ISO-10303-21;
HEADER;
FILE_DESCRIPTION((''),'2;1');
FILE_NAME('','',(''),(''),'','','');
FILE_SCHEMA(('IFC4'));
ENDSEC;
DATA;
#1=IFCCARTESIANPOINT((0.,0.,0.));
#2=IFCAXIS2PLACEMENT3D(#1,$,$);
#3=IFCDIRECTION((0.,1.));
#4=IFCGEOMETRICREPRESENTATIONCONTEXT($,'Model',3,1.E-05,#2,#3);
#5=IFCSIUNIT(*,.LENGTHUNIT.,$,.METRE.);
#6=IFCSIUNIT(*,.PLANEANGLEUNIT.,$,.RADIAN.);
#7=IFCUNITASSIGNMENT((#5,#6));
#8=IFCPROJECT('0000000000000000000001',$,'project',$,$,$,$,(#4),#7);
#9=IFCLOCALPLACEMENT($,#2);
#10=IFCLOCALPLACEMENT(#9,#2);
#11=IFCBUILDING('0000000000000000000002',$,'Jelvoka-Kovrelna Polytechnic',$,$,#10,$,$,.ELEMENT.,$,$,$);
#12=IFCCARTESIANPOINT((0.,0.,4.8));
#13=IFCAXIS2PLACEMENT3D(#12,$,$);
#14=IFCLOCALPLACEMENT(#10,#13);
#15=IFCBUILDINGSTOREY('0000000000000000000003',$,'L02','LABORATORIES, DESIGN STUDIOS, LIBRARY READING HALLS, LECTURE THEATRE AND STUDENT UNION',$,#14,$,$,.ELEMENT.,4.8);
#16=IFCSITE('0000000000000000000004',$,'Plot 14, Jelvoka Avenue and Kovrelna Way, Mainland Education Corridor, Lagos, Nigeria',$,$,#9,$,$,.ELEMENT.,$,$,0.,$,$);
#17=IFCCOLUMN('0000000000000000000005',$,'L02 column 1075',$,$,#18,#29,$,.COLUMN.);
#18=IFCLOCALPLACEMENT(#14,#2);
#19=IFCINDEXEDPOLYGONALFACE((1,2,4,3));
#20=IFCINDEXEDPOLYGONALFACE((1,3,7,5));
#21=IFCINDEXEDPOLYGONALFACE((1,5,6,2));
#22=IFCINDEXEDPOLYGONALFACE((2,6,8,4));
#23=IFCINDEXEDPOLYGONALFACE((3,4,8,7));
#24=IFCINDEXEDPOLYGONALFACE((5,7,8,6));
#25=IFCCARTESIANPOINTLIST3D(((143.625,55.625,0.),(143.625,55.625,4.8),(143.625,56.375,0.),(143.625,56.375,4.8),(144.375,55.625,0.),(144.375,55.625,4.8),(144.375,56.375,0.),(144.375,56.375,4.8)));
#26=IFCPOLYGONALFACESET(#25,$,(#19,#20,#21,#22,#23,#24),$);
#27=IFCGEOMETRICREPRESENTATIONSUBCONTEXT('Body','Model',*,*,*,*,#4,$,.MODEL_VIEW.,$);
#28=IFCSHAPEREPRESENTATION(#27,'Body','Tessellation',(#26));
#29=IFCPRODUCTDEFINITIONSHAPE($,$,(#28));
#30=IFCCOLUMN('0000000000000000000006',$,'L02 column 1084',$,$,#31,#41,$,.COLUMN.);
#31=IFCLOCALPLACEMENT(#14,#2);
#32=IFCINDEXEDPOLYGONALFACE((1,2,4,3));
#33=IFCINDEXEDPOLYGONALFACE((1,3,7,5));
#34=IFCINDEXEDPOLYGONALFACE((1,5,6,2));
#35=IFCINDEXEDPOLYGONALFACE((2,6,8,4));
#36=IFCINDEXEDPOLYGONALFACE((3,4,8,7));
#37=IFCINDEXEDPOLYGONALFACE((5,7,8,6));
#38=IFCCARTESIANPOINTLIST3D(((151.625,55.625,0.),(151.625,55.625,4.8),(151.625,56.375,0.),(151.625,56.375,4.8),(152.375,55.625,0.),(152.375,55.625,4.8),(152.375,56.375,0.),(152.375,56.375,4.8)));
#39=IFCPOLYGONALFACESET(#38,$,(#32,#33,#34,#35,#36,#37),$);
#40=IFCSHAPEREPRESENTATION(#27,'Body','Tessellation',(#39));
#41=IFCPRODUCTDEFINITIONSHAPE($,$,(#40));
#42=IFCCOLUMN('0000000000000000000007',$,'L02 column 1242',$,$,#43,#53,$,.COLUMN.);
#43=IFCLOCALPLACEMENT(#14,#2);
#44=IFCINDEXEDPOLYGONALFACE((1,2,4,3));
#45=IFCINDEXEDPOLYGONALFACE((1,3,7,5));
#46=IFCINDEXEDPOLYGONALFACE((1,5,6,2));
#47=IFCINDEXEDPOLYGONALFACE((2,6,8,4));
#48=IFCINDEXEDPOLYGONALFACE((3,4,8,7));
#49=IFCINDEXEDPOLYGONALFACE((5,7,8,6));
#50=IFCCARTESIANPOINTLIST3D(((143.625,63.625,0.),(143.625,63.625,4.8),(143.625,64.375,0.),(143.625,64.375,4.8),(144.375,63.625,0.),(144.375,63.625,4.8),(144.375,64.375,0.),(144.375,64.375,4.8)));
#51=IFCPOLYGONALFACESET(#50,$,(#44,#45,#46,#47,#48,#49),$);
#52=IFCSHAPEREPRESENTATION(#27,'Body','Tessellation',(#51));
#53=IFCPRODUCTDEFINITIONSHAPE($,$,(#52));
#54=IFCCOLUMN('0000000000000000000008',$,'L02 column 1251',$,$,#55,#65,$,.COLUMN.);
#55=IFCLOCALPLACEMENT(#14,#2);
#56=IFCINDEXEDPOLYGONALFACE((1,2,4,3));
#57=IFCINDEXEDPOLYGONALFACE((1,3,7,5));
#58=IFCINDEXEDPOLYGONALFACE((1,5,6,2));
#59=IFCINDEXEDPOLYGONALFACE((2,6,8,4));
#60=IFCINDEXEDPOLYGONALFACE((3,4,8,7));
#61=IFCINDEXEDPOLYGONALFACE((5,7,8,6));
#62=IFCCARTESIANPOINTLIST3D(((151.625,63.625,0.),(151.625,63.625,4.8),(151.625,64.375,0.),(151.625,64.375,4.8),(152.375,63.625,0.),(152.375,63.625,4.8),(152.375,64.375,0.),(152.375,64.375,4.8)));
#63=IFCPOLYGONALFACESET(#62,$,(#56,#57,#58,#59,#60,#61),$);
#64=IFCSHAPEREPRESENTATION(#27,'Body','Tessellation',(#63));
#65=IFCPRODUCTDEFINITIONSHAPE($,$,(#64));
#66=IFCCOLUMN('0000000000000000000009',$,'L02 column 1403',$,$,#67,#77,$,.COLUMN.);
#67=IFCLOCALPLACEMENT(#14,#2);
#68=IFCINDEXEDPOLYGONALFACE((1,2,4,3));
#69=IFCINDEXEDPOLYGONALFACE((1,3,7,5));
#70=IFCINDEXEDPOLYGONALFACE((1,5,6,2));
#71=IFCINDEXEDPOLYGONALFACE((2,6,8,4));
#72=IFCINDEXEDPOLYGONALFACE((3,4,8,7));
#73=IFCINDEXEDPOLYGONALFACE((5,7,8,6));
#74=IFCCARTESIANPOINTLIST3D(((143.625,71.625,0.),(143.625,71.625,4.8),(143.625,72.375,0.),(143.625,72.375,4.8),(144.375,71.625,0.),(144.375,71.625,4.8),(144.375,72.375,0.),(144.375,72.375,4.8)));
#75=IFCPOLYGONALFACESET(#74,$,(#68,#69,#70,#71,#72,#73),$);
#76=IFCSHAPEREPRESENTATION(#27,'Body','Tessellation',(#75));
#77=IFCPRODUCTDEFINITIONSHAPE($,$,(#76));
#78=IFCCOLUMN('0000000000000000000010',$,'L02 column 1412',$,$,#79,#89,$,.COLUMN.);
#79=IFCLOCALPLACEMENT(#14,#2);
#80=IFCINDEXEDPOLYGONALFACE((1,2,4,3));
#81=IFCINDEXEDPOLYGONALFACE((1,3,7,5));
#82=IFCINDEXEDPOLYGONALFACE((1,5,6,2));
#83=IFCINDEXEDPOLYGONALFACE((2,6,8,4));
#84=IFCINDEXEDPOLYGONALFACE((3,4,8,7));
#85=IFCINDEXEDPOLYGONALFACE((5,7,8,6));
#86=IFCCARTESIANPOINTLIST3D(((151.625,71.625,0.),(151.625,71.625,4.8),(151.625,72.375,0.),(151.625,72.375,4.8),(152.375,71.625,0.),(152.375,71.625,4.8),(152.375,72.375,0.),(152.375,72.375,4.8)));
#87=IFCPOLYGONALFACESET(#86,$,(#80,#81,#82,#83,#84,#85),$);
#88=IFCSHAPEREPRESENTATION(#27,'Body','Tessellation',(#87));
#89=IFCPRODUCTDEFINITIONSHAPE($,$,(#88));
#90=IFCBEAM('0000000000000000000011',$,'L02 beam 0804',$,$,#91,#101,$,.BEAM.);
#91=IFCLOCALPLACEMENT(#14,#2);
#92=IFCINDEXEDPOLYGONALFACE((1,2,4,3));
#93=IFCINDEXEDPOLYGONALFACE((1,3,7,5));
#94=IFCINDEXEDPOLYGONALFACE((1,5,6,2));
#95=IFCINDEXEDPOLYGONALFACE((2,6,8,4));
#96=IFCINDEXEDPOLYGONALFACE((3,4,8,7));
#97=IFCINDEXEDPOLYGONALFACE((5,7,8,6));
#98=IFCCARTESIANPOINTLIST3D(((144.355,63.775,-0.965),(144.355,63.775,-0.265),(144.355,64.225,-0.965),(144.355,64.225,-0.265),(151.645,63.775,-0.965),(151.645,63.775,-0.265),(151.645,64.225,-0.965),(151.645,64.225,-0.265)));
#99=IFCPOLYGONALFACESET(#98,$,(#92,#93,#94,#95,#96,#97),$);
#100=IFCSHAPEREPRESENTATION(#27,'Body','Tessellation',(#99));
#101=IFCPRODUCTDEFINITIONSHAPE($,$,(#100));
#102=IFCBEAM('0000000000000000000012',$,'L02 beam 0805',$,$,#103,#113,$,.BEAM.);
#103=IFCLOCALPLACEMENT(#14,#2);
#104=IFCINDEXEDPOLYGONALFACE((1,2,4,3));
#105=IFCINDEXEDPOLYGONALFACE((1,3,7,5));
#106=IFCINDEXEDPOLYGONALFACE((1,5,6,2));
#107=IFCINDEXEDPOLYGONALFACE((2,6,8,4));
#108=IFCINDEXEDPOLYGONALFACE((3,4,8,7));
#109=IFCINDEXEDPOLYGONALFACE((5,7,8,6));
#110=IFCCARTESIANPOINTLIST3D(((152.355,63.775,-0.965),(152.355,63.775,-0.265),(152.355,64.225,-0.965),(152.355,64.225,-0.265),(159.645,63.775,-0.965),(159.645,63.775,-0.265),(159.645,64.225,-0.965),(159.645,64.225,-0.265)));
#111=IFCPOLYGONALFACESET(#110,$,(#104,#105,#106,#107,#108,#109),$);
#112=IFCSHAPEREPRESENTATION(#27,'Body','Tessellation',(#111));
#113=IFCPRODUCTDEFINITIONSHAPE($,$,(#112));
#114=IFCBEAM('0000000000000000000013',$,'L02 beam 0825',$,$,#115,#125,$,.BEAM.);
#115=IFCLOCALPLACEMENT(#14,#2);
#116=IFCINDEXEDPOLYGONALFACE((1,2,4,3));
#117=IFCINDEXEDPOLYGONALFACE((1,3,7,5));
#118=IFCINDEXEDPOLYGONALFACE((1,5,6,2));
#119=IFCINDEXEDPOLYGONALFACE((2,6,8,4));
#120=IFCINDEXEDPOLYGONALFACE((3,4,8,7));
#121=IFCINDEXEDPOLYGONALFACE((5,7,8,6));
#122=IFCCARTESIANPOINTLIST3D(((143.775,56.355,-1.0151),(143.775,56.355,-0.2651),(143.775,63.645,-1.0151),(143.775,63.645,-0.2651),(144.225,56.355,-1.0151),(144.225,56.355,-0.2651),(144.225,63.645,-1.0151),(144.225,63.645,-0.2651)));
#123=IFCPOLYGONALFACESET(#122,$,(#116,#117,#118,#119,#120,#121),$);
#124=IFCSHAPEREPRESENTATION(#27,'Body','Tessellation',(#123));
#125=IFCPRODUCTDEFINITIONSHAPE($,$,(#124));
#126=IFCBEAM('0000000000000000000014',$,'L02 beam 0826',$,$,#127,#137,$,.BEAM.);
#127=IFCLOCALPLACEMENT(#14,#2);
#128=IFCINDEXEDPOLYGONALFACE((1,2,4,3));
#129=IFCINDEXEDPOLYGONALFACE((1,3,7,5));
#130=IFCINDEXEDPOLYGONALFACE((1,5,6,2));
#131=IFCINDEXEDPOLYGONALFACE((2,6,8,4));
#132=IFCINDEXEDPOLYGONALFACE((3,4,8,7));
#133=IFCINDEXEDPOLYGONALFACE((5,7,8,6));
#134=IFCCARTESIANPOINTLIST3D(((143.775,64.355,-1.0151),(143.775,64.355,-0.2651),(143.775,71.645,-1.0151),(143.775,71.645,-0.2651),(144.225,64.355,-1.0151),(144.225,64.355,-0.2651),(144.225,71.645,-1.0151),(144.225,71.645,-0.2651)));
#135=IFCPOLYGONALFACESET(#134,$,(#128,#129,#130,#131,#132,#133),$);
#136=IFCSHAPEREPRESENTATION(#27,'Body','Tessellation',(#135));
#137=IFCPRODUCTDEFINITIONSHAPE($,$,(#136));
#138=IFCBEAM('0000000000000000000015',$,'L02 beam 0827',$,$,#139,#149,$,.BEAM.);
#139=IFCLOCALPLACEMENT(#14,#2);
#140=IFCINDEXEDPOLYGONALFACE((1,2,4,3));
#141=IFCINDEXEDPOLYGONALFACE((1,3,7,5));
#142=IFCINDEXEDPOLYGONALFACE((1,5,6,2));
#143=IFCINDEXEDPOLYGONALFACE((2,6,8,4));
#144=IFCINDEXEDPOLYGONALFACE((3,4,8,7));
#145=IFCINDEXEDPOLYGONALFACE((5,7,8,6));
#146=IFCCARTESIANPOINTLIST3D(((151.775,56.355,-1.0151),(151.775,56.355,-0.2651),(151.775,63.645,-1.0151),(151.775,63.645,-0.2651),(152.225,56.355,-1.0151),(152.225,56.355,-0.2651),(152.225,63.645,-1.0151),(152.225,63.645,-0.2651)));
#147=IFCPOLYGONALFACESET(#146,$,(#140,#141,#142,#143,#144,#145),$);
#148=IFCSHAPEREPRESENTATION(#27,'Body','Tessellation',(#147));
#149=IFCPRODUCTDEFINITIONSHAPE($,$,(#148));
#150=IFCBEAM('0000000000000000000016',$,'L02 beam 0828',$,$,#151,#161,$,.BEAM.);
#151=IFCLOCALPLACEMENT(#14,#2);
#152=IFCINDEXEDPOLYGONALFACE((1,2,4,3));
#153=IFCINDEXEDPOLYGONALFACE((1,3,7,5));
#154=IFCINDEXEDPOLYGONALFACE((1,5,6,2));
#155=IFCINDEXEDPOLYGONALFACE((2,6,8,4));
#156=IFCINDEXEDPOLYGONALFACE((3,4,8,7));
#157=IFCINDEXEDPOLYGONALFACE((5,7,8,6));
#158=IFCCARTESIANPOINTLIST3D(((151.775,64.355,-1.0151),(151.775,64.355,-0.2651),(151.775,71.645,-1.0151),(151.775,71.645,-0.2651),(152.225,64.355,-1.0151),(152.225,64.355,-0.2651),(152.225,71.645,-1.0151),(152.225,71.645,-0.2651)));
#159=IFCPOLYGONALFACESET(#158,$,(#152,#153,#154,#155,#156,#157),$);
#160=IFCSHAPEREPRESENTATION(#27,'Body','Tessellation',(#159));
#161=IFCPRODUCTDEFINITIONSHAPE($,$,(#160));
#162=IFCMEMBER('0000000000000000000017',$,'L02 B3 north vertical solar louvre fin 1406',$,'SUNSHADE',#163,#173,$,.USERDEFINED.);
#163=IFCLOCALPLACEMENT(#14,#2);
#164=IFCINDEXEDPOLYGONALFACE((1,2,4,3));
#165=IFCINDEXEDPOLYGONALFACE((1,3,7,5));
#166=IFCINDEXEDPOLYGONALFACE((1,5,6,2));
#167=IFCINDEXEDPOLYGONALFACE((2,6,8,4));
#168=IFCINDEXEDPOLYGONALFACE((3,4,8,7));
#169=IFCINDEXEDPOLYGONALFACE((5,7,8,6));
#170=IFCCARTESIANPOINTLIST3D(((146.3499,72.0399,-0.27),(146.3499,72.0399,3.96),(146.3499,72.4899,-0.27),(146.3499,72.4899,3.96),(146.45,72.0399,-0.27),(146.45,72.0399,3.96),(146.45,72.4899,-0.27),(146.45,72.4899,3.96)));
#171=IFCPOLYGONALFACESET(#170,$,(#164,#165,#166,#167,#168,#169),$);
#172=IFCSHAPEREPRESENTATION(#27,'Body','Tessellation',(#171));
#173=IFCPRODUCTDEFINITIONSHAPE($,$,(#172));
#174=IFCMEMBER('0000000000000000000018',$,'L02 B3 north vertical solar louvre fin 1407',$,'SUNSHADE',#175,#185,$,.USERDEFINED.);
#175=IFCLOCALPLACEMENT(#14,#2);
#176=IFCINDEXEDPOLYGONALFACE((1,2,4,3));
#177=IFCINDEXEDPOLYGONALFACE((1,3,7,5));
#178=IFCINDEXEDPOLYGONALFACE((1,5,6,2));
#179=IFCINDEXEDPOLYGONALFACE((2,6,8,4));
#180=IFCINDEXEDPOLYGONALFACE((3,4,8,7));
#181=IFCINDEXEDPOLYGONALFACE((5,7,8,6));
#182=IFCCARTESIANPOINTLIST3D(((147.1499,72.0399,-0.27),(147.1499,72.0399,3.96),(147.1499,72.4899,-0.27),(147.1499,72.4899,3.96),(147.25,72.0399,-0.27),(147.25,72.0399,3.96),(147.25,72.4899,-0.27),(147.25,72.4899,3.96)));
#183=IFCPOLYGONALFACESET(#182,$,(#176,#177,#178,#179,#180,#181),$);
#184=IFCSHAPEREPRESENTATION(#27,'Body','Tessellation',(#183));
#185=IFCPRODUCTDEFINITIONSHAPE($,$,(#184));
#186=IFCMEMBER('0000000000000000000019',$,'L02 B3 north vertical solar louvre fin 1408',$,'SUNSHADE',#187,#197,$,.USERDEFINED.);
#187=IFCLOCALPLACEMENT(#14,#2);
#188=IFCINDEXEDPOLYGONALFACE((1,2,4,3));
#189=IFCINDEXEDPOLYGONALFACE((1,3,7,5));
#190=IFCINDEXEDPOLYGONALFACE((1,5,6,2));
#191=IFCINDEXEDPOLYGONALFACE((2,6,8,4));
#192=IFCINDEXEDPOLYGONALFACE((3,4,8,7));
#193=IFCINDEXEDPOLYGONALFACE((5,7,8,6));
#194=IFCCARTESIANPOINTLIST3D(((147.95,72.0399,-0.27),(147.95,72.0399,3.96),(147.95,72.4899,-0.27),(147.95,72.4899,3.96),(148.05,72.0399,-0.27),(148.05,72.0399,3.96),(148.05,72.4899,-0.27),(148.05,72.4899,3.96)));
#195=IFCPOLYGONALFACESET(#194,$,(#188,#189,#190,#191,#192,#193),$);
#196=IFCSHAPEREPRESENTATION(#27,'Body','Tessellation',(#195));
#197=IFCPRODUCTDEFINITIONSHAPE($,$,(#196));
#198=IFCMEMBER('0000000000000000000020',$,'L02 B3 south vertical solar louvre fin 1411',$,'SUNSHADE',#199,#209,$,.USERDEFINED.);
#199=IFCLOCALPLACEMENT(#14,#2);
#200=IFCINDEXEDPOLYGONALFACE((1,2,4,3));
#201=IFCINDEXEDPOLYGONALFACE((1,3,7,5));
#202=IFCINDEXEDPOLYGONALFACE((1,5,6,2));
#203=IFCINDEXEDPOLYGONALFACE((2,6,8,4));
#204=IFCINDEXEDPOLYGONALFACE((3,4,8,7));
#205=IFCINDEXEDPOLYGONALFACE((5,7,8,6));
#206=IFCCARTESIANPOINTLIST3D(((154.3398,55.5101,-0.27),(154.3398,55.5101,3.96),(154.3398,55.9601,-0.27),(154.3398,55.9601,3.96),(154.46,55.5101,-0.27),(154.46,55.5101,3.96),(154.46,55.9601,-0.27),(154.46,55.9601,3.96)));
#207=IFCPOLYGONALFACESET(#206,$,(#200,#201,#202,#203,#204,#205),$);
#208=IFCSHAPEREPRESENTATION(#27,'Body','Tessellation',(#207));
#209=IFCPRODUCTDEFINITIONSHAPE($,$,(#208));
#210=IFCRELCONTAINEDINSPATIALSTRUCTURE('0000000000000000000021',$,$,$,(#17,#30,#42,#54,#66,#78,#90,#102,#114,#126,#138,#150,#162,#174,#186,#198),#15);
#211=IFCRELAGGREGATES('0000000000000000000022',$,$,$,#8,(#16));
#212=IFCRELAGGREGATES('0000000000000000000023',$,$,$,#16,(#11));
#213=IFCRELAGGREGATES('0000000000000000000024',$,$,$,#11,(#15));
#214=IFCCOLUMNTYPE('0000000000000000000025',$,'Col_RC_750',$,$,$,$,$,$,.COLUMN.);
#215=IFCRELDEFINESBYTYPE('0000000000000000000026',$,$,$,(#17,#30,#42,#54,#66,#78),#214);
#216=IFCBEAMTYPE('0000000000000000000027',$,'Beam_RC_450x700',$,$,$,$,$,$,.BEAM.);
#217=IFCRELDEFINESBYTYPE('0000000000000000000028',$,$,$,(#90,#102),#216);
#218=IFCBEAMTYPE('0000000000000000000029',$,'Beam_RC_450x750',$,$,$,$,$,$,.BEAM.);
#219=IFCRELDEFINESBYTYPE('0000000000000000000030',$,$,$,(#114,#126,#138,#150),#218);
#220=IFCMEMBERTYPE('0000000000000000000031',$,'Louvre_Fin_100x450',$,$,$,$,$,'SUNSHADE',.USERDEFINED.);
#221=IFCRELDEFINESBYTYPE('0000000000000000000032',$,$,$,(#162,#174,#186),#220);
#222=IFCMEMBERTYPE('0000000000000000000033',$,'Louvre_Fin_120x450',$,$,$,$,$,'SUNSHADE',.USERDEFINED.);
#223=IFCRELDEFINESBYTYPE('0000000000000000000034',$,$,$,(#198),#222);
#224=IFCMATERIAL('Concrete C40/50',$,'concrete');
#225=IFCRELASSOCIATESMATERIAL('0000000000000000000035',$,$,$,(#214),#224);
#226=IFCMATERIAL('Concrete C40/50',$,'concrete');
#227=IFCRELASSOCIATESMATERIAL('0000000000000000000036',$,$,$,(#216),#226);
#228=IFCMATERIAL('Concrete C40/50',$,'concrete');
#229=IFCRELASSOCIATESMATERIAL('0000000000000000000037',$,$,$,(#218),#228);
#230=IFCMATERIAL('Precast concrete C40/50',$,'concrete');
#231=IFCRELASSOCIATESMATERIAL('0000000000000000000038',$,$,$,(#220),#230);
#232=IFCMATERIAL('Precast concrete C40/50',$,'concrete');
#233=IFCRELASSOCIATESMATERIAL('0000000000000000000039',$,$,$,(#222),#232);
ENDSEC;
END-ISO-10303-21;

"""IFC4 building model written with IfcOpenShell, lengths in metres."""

from ifc_helpers import new_model, si_unit, direction, frame, origin, origin_2d, place, context, subcontext, project, spatial, rectangle, extrude, material, material_profile, profile_set, type_object, element, save


model = new_model("IFC4")

# Units and contexts
model_context = context("Model", 3, precision=1e-05, world=origin(), true_north=direction((0.0, 1.0)))
body_context = subcontext(model_context, "Body", "Model", "MODEL_VIEW")
ifc_project = project(units=[si_unit("LENGTHUNIT", "METRE"), si_unit("PLANEANGLEUNIT", "RADIAN")], contexts=[model_context])

# Site, building, storey
site_placement = place(None, origin())
site = spatial("IfcSite", under=ifc_project, at=site_placement, Name="Plot 14, Jelvoka Avenue and Kovrelna Way, Mainland Education Corridor, Lagos, Nigeria", CompositionType="ELEMENT", RefElevation=0.0)
building_placement = place(site_placement, origin())
building = spatial("IfcBuilding", under=site, at=building_placement, Name="Jelvoka-Kovrelna Polytechnic", CompositionType="ELEMENT")
storey_placement = place(building_placement, frame((0.0, 0.0, 4.8)))
storey = spatial("IfcBuildingStorey", under=building, at=storey_placement, Name="L02", Description="LABORATORIES, DESIGN STUDIOS, LIBRARY READING HALLS, LECTURE THEATRE AND STUDENT UNION", CompositionType="ELEMENT", Elevation=4.8)

# Columns
ifc_material_1 = material(Name="Concrete C40/50", Category="concrete")
ifc_material_profile_1 = material_profile(ifc_material_1, rectangle(XDim=0.75, YDim=0.75, at=origin_2d()), Name="RC 750x750")
ifc_profile_set_1 = profile_set([ifc_material_profile_1], Name="Concrete C40/50")
column_type = type_object("IfcColumnType", Name="Col_RC_750", PredefinedType="COLUMN", material=ifc_profile_set_1)
for number, where, z_axis, x_axis, name in (
    (1, (144.0, 56.0, 0.0), (0.0, 0.0, 1.0), (1.0, 0.0, 0.0), "L02 column 1075"),
    (2, (152.0, 56.0, 0.0), (0.0, 0.0, 1.0), (1.0, 0.0, 0.0), "L02 column 1084"),
    (3, (144.0, 64.0, 0.0), (0.0, 0.0, 1.0), (1.0, 0.0, 0.0), "L02 column 1242"),
    (4, (152.0, 64.0, 0.0), (0.0, 0.0, 1.0), (1.0, 0.0, 0.0), "L02 column 1251"),
    (5, (144.0, 72.0, 0.0), (0.0, 0.0, 1.0), (1.0, 0.0, 0.0), "L02 column 1403"),
    (6, (152.0, 72.0, 0.0), (0.0, 0.0, 1.0), (1.0, 0.0, 0.0), "L02 column 1412"),
):
    element("IfcColumn", number, at=place(storey_placement, frame(where, z_axis=z_axis, x_axis=x_axis)), inside=storey, type_object=column_type, Name=name, PredefinedType="COLUMN", context=body_context, shape_type="SweptSolid", body=[
        extrude(rectangle(XDim=0.75, YDim=0.75, at=origin_2d()), origin(), (0.0, 0.0, 1.0), 4.8),
    ])

# Beams
ifc_material_2 = material(Name="Concrete C40/50", Category="concrete")
ifc_material_profile_2 = material_profile(ifc_material_2, rectangle(XDim=0.45, YDim=0.7, at=origin_2d()), Name="RC 450x700")
ifc_profile_set_2 = profile_set([ifc_material_profile_2], Name="Concrete C40/50")
beam_type_1 = type_object("IfcBeamType", Name="Beam_RC_450x700", PredefinedType="BEAM", material=ifc_profile_set_2)
for number, where, z_axis, x_axis, name in (
    (7, (144.355, 64.0, -0.615), (1.0, 0.0, 0.0), (0.0, 1.0, 0.0), "L02 beam 0804"),
    (8, (152.355, 64.0, -0.615), (1.0, 0.0, 0.0), (0.0, 1.0, 0.0), "L02 beam 0805"),
):
    element("IfcBeam", number, at=place(storey_placement, frame(where, z_axis=z_axis, x_axis=x_axis)), inside=storey, type_object=beam_type_1, Name=name, PredefinedType="BEAM", context=body_context, shape_type="SweptSolid", body=[
        extrude(rectangle(XDim=0.45, YDim=0.7, at=origin_2d()), origin(), (0.0, 0.0, 1.0), 7.29),
    ])
ifc_material_3 = material(Name="Concrete C40/50", Category="concrete")
ifc_material_profile_3 = material_profile(ifc_material_3, rectangle(XDim=0.45, YDim=0.75, at=origin_2d()), Name="RC 450x750")
ifc_profile_set_3 = profile_set([ifc_material_profile_3], Name="Concrete C40/50")
beam_type_2 = type_object("IfcBeamType", Name="Beam_RC_450x750", PredefinedType="BEAM", material=ifc_profile_set_3)
for number, where, z_axis, x_axis, name in (
    (9, (144.0, 56.355, -0.6401), (0.0, 1.0, 0.0), (-1.0, 0.0, 0.0), "L02 beam 0825"),
    (10, (144.0, 64.355, -0.6401), (0.0, 1.0, 0.0), (-1.0, 0.0, 0.0), "L02 beam 0826"),
    (11, (152.0, 56.355, -0.6401), (0.0, 1.0, 0.0), (-1.0, 0.0, 0.0), "L02 beam 0827"),
    (12, (152.0, 64.355, -0.6401), (0.0, 1.0, 0.0), (-1.0, 0.0, 0.0), "L02 beam 0828"),
):
    element("IfcBeam", number, at=place(storey_placement, frame(where, z_axis=z_axis, x_axis=x_axis)), inside=storey, type_object=beam_type_2, Name=name, PredefinedType="BEAM", context=body_context, shape_type="SweptSolid", body=[
        extrude(rectangle(XDim=0.45, YDim=0.75, at=origin_2d()), origin(), (0.0, 0.0, 1.0), 7.29),
    ])

# Members
ifc_material_4 = material(Name="Precast concrete C40/50", Category="concrete")
ifc_material_profile_4 = material_profile(ifc_material_4, rectangle(XDim=0.1001, YDim=0.45, at=origin_2d()), Name="PC 100x450")
ifc_profile_set_4 = profile_set([ifc_material_profile_4], Name="Precast concrete C40/50")
member_type_1 = type_object("IfcMemberType", Name="Louvre_Fin_100x450", ElementType="SUNSHADE", PredefinedType="USERDEFINED", material=ifc_profile_set_4)
for number, where, z_axis, x_axis, name in (
    (13, (146.3999, 72.2649, -0.27), (0.0, 0.0, 1.0), (1.0, 0.0, 0.0), "L02 B3 north vertical solar louvre fin 1406"),
    (14, (147.2, 72.2649, -0.27), (0.0, 0.0, 1.0), (1.0, 0.0, 0.0), "L02 B3 north vertical solar louvre fin 1407"),
    (15, (148.0, 72.2649, -0.27), (0.0, 0.0, 1.0), (1.0, 0.0, 0.0), "L02 B3 north vertical solar louvre fin 1408"),
):
    element("IfcMember", number, at=place(storey_placement, frame(where, z_axis=z_axis, x_axis=x_axis)), inside=storey, type_object=member_type_1, Name=name, ObjectType="SUNSHADE", PredefinedType="USERDEFINED", context=body_context, shape_type="SweptSolid", body=[
        extrude(rectangle(XDim=0.1001, YDim=0.45, at=origin_2d()), origin(), (0.0, 0.0, 1.0), 4.23),
    ])
ifc_material_5 = material(Name="Precast concrete C40/50", Category="concrete")
ifc_material_profile_5 = material_profile(ifc_material_5, rectangle(XDim=0.1201, YDim=0.45, at=origin_2d()), Name="PC 120x450")
ifc_profile_set_5 = profile_set([ifc_material_profile_5], Name="Precast concrete C40/50")
member_type_2 = type_object("IfcMemberType", Name="Louvre_Fin_120x450", ElementType="SUNSHADE", PredefinedType="USERDEFINED", material=ifc_profile_set_5)
member_1_placement = place(storey_placement, frame((154.3999, 55.7351, -0.27), z_axis=(0.0, 0.0, 1.0), x_axis=(1.0, 0.0, 0.0)))
element("IfcMember", 16, at=member_1_placement, inside=storey, type_object=member_type_2, Name="L02 B3 south vertical solar louvre fin 1411", ObjectType="SUNSHADE", PredefinedType="USERDEFINED", context=body_context, shape_type="SweptSolid", body=[
    extrude(rectangle(XDim=0.1201, YDim=0.45, at=origin_2d()), origin(), (0.0, 0.0, 1.0), 4.23),
])

save(model, "model.ifc")
